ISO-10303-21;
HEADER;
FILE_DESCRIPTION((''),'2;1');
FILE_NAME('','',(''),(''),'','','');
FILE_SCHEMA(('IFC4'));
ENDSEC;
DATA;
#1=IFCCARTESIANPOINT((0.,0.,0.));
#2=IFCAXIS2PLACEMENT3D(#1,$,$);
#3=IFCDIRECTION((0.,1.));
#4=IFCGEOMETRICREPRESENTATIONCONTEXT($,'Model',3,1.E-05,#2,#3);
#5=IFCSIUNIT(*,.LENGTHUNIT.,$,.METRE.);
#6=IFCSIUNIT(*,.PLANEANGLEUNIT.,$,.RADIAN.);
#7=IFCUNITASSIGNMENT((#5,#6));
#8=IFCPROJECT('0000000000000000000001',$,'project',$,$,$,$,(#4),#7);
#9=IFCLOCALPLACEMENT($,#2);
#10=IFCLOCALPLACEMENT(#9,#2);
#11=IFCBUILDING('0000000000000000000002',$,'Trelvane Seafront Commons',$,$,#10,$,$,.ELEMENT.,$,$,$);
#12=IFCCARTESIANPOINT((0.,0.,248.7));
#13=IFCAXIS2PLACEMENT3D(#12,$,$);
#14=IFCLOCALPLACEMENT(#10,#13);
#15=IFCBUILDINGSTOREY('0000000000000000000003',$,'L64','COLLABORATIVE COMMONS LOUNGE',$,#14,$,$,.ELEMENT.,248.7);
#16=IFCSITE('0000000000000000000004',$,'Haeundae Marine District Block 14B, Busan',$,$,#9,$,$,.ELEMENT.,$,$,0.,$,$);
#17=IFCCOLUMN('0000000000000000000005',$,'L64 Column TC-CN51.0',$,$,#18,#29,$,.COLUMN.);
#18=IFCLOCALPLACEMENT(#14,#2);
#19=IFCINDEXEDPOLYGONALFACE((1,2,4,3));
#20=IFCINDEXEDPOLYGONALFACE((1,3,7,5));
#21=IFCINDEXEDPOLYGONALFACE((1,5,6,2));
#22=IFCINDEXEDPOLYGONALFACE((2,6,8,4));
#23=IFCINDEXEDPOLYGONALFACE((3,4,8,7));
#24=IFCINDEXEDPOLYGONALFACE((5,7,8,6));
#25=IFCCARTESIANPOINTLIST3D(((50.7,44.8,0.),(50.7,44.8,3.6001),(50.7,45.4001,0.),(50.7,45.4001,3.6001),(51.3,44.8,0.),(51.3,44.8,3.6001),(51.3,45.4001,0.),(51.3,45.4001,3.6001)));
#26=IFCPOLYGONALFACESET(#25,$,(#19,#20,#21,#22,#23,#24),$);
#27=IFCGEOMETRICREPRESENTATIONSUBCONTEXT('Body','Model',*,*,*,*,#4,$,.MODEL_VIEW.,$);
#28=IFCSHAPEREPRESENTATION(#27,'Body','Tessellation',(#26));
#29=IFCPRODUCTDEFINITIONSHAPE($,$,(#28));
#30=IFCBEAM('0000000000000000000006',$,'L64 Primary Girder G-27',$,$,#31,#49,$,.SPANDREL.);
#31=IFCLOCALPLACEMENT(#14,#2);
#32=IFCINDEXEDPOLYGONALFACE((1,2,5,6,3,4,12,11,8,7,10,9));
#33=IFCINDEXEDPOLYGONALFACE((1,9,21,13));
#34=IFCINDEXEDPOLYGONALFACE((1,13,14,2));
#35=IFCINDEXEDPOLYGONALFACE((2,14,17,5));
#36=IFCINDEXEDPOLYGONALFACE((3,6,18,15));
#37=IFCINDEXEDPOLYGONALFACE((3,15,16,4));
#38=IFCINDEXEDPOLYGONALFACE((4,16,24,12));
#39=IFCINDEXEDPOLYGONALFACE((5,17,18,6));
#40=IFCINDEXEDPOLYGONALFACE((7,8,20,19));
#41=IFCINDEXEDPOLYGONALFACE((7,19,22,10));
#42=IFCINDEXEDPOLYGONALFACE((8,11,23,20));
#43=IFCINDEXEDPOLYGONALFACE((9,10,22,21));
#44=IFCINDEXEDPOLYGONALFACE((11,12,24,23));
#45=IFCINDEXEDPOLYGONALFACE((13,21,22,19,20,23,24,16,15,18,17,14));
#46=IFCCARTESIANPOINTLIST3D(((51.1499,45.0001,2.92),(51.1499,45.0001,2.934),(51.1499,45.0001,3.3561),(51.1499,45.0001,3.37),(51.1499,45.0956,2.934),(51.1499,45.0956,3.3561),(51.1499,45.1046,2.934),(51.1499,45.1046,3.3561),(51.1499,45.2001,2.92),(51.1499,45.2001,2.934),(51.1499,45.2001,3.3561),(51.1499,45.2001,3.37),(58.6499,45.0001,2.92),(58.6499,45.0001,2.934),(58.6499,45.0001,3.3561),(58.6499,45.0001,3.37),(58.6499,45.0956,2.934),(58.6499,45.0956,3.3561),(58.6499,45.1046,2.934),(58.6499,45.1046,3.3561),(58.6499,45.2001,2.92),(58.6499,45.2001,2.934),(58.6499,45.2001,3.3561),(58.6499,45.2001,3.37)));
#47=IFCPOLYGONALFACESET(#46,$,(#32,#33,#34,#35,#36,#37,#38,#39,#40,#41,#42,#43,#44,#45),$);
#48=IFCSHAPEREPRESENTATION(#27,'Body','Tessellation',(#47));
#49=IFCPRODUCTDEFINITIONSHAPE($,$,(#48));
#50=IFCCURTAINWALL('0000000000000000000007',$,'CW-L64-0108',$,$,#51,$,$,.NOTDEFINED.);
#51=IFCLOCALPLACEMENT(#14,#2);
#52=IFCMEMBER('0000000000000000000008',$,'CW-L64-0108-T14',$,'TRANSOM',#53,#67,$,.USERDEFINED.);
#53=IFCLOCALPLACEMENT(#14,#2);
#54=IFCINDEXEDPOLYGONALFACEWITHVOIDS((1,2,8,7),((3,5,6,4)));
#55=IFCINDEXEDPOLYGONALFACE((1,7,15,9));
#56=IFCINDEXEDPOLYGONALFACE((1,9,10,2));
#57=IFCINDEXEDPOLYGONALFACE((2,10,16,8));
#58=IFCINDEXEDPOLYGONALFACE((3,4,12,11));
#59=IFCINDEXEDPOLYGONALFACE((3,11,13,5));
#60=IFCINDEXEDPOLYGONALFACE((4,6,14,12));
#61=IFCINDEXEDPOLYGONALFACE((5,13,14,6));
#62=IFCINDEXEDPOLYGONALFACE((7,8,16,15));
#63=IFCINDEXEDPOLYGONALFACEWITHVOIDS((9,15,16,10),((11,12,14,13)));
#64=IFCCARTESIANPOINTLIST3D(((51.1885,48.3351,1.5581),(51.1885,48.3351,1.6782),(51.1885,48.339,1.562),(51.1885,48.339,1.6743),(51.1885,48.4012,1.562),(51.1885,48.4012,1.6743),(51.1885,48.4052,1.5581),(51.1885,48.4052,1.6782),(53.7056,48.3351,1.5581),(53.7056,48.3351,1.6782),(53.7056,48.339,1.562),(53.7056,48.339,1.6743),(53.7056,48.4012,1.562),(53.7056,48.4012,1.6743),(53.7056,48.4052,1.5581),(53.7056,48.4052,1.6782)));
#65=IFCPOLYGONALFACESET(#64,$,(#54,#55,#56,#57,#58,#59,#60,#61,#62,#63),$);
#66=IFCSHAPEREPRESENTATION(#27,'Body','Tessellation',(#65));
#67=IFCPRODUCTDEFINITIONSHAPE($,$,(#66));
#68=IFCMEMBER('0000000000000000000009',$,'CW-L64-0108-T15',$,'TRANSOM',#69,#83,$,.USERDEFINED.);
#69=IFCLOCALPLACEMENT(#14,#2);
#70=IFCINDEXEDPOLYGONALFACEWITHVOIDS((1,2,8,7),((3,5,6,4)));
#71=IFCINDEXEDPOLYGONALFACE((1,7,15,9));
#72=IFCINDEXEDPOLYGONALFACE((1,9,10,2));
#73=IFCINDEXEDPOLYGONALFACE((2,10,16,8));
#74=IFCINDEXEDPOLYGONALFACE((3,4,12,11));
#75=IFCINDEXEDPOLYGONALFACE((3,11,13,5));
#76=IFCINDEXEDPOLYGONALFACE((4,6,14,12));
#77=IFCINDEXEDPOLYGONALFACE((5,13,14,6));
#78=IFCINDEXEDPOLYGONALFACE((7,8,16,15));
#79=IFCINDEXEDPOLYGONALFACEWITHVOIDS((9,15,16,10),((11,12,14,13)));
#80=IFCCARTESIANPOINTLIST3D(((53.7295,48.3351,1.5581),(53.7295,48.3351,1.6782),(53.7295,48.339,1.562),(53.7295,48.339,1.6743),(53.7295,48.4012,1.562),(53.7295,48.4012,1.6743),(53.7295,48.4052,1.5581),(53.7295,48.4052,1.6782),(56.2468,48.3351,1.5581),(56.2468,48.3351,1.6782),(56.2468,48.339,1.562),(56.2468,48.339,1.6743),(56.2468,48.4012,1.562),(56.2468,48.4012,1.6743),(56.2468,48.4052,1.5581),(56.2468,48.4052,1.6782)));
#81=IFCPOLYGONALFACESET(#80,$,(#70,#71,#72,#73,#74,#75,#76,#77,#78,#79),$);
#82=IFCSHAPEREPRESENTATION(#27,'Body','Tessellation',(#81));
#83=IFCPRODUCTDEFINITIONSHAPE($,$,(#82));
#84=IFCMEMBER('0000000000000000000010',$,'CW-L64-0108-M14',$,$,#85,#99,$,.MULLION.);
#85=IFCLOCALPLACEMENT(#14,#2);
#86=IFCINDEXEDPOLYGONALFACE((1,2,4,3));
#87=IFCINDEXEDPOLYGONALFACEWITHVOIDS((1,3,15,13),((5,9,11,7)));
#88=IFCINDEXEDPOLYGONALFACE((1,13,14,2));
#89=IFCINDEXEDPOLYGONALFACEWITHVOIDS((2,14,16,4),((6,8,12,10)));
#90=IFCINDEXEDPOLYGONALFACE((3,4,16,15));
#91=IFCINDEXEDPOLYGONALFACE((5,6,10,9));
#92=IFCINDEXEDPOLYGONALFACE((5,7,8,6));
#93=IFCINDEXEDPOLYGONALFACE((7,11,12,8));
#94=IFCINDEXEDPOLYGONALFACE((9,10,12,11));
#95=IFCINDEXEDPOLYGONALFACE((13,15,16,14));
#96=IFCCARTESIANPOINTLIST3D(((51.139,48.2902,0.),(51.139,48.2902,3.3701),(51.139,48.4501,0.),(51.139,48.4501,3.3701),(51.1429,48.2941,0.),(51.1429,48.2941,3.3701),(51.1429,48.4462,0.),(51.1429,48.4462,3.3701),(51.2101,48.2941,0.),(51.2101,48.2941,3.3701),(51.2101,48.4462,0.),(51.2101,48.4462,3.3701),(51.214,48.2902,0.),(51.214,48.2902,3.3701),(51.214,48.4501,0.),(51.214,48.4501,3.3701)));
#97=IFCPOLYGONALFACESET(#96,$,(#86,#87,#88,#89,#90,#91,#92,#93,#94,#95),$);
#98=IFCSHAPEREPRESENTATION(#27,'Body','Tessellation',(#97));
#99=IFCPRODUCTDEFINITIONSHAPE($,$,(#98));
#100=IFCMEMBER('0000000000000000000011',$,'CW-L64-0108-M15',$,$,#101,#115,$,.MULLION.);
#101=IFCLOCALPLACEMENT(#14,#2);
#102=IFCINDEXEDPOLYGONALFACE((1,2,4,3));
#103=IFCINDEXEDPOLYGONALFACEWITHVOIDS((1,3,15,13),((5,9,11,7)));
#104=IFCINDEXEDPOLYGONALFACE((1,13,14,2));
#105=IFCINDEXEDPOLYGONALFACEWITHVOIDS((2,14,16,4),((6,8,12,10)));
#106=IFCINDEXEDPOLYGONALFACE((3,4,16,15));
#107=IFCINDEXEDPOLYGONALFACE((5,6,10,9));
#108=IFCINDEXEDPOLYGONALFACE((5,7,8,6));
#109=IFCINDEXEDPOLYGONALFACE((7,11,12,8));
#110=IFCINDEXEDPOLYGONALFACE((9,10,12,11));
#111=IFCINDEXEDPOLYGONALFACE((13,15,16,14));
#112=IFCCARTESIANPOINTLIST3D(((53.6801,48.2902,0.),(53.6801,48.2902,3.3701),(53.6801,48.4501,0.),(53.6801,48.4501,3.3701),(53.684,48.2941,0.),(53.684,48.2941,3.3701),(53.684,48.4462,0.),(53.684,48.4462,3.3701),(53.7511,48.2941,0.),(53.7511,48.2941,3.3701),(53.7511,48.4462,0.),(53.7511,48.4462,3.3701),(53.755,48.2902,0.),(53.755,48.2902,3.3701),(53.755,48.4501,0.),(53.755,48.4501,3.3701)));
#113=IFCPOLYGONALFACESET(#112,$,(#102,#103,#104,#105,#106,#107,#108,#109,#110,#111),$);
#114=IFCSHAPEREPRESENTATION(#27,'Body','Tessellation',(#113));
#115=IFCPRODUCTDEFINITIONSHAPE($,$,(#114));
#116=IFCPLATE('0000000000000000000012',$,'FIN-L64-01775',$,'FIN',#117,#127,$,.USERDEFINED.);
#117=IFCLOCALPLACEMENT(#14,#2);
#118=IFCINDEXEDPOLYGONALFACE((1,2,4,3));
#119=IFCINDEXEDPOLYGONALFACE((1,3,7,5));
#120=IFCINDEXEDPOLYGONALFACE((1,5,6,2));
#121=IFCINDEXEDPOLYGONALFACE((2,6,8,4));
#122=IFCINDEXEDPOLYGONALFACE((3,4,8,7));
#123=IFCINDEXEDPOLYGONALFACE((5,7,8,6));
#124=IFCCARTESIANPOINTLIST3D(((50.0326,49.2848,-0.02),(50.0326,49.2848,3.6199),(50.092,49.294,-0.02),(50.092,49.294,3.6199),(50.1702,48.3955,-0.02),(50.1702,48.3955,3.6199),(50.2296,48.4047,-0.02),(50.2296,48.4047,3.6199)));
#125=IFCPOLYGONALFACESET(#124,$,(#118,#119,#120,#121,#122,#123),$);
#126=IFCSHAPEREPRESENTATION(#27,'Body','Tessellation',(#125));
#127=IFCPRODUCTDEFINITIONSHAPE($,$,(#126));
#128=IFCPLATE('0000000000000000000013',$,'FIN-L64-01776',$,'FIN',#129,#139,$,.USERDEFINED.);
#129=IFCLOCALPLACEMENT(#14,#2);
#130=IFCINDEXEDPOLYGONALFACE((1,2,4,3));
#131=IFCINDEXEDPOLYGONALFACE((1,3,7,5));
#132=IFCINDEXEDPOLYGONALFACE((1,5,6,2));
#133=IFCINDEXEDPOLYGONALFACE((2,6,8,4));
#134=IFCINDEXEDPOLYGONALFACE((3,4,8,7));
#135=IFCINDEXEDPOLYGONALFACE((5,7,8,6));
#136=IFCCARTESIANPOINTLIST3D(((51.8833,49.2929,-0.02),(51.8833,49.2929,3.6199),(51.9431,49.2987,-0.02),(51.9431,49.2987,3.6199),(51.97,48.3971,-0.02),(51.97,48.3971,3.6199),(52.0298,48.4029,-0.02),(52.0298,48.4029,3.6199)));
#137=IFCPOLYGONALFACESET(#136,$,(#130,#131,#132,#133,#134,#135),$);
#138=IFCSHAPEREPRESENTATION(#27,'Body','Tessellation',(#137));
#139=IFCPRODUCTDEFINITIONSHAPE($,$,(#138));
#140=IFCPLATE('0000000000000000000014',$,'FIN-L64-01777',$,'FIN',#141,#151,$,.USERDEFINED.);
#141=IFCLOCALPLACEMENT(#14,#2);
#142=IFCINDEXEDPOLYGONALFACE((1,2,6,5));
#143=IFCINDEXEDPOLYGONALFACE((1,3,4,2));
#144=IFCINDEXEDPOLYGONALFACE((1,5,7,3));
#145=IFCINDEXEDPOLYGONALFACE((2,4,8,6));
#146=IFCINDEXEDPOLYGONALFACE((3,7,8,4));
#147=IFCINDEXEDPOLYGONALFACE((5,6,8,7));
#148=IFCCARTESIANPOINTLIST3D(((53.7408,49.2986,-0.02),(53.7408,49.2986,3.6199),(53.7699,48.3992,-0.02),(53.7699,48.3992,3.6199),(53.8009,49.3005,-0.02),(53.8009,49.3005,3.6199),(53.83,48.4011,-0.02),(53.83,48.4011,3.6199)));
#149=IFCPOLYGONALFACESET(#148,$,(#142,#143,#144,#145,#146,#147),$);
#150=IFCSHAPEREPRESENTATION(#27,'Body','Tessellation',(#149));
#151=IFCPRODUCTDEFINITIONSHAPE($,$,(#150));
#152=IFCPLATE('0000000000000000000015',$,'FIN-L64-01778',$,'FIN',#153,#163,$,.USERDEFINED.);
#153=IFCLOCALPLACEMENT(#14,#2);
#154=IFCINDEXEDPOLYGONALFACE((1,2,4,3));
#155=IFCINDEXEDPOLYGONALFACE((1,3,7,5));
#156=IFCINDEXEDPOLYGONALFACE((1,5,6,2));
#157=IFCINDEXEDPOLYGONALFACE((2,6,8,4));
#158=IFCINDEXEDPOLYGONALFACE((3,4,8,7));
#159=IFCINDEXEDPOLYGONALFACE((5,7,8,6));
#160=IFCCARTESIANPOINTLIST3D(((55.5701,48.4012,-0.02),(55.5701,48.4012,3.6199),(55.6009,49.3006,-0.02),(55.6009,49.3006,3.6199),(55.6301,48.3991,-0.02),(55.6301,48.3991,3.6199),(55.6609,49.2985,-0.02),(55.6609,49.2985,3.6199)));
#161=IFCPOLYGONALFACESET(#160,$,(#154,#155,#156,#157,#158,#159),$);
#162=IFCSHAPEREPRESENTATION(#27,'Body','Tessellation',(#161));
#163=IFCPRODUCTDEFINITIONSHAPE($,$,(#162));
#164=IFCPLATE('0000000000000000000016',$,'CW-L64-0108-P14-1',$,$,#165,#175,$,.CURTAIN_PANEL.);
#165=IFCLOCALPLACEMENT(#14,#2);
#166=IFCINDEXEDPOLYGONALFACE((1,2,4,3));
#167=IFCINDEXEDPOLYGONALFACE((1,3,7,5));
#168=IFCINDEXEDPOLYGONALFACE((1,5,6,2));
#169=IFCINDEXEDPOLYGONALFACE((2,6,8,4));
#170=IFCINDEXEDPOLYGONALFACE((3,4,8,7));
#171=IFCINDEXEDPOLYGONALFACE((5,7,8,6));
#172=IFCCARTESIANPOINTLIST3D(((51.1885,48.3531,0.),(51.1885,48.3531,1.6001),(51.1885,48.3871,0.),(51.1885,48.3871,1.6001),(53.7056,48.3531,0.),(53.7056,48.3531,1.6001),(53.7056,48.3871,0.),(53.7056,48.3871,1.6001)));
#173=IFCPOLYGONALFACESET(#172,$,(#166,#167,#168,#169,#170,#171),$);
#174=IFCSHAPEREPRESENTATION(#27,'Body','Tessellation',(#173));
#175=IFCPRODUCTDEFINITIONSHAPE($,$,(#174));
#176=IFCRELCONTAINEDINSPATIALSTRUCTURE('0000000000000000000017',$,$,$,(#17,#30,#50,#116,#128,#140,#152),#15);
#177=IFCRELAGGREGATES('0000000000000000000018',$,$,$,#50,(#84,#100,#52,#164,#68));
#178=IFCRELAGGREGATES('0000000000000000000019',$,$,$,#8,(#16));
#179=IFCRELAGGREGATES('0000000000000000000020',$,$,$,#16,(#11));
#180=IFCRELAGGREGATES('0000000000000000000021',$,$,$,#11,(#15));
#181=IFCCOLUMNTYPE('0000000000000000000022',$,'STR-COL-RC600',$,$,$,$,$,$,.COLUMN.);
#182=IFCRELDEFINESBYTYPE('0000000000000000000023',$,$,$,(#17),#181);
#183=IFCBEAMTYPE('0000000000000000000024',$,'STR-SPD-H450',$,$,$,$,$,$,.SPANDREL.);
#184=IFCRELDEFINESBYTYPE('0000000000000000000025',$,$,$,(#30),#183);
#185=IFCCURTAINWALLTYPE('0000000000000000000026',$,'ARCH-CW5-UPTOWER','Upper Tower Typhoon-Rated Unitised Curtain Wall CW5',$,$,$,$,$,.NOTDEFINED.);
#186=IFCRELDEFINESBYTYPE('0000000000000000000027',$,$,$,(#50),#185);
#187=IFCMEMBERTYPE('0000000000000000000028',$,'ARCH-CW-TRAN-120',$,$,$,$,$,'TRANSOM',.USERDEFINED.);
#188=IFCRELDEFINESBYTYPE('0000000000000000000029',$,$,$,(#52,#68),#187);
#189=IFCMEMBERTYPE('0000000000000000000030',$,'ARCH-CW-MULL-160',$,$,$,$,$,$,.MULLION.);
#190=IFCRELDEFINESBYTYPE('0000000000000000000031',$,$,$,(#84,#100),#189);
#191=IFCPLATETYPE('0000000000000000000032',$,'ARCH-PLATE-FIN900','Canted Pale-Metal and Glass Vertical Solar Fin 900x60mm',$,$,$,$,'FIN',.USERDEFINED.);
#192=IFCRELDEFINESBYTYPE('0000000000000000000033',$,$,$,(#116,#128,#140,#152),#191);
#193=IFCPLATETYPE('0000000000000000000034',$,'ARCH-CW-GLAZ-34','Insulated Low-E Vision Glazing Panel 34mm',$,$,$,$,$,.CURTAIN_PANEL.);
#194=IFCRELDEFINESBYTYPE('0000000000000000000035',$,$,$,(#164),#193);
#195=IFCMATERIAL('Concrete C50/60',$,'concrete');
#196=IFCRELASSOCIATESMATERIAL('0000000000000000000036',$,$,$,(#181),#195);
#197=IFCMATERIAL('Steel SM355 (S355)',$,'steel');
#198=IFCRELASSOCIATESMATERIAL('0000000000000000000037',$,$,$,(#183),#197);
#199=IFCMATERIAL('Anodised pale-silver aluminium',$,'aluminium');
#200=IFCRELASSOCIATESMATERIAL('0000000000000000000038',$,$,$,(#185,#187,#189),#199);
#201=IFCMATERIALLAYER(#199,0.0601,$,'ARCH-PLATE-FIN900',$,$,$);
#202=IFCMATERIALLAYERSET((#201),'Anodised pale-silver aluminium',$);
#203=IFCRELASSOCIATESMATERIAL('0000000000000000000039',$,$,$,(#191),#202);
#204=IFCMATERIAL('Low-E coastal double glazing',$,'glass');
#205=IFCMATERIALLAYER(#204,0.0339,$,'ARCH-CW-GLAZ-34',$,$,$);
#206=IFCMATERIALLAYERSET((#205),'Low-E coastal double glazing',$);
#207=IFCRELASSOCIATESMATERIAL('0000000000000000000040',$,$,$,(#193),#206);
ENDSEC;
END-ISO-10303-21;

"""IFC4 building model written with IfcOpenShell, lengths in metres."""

from ifc_helpers import new_model, si_unit, direction, frame, origin, origin_2d, place, context, subcontext, project, spatial, rectangle, hollow_rectangle, i_section, extrude, source, transform, mapped, material, layer, layer_set, material_profile, profile_set, type_object, element, aggregate, save


model = new_model("IFC4")

# Units and contexts
model_context = context("Model", 3, precision=1e-05, world=origin(), true_north=direction((0.0, 1.0)))
body_context = subcontext(model_context, "Body", "Model", "MODEL_VIEW")
ifc_project = project(units=[si_unit("LENGTHUNIT", "METRE"), si_unit("PLANEANGLEUNIT", "RADIAN")], contexts=[model_context])

# Site, building, storey
site_placement = place(None, origin())
site = spatial("IfcSite", under=ifc_project, at=site_placement, Name="Haeundae Marine District Block 14B, Busan", CompositionType="ELEMENT", RefElevation=0.0)
building_placement = place(site_placement, origin())
building = spatial("IfcBuilding", under=site, at=building_placement, Name="Trelvane Seafront Commons", CompositionType="ELEMENT")
storey_placement = place(building_placement, frame((0.0, 0.0, 248.7)))
storey = spatial("IfcBuildingStorey", under=building, at=storey_placement, Name="L64", Description="COLLABORATIVE COMMONS LOUNGE", CompositionType="ELEMENT", Elevation=248.7)

# Column
ifc_material_1 = material(Name="Concrete C50/60", Category="concrete")
ifc_material_profile_1 = material_profile(ifc_material_1, rectangle(XDim=0.6001, YDim=0.6001, at=origin_2d()), Name="RC-600x600")
ifc_profile_set_1 = profile_set([ifc_material_profile_1], Name="Concrete C50/60")
column_type = type_object("IfcColumnType", Name="STR-COL-RC600", PredefinedType="COLUMN", material=ifc_profile_set_1)
shared_shape_1 = source(origin(), body_context, "Body", "SweptSolid", [
    extrude(rectangle(XDim=0.6001, YDim=0.6001, at=origin_2d()), origin(), (0.0, 0.0, 1.0), 3.6001),
])
column_placement = place(storey_placement, frame((51.0, 45.1001, 0.0), z_axis=(0.0, 0.0, 1.0), x_axis=(1.0, 0.0, 0.0)))
element("IfcColumn", 1, at=column_placement, inside=storey, type_object=column_type, Name="L64 Column TC-CN51.0", PredefinedType="COLUMN", context=body_context, shape_type="MappedRepresentation", body=[
    mapped(shared_shape_1, transform((0.0, 0.0, 0.0), x_axis=(1.0, 0.0, 0.0), y_axis=(0.0, 1.0, 0.0), z_axis=(0.0, 0.0, 1.0), scale=1.0)),
])

# Beam
ifc_material_2 = material(Name="Steel SM355 (S355)", Category="steel")
ifc_material_profile_2 = material_profile(ifc_material_2, i_section(OverallWidth=0.2, OverallDepth=0.45, WebThickness=0.009, FlangeThickness=0.0139, at=origin_2d()), Name="H-450x200x9x14")
ifc_profile_set_2 = profile_set([ifc_material_profile_2], Name="Steel SM355 (S355)")
beam_type = type_object("IfcBeamType", Name="STR-SPD-H450", PredefinedType="SPANDREL", material=ifc_profile_set_2)
shared_shape_2 = source(origin(), body_context, "Body", "SweptSolid", [
    extrude(i_section(OverallWidth=0.2, OverallDepth=0.45, WebThickness=0.009, FlangeThickness=0.0139, at=origin_2d()), origin(), (0.0, 0.0, 1.0), 7.5),
])
beam_placement = place(storey_placement, frame((51.1499, 45.1001, 3.145), z_axis=(1.0, 0.0, 0.0), x_axis=(0.0, 1.0, 0.0)))
element("IfcBeam", 2, at=beam_placement, inside=storey, type_object=beam_type, Name="L64 Primary Girder G-27", PredefinedType="SPANDREL", context=body_context, shape_type="MappedRepresentation", body=[
    mapped(shared_shape_2, transform((0.0, 0.0, 0.0), x_axis=(1.0, 0.0, 0.0), y_axis=(0.0, 1.0, 0.0), z_axis=(0.0, 0.0, 1.0), scale=1.0)),
])

# Curtain wall, members
ifc_material_3 = material(Name="Anodised pale-silver aluminium", Category="aluminium")
curtain_wall_type = type_object("IfcCurtainWallType", Name="ARCH-CW5-UPTOWER", Description="Upper Tower Typhoon-Rated Unitised Curtain Wall CW5", PredefinedType="NOTDEFINED", material=ifc_material_3)
curtain_wall_placement = place(storey_placement, origin())
curtain_wall = element("IfcCurtainWall", 3, at=curtain_wall_placement, inside=storey, type_object=curtain_wall_type, Name="CW-L64-0108", PredefinedType="NOTDEFINED")
ifc_material_profile_3 = material_profile(ifc_material_3, hollow_rectangle(XDim=0.0701, YDim=0.1201, WallThickness=0.0039, at=origin_2d()), Name="TRAN-70x120x4")
ifc_profile_set_3 = profile_set([ifc_material_profile_3], Name="Anodised pale-silver aluminium")
member_type_1 = type_object("IfcMemberType", Name="ARCH-CW-TRAN-120", ElementType="TRANSOM", PredefinedType="USERDEFINED", material=ifc_profile_set_3)
shared_shape_3 = source(origin(), body_context, "Body", "SweptSolid", [
    extrude(hollow_rectangle(XDim=0.0701, YDim=0.1201, WallThickness=0.0039, at=origin_2d()), origin(), (0.0, 0.0, 1.0), 2.5171),
])
member_1_placement = place(storey_placement, frame((51.1885, 48.3701, 1.6182), z_axis=(1.0, 0.0, 0.0), x_axis=(0.0, 1.0, 0.0)))
member_1 = element("IfcMember", 4, at=member_1_placement, type_object=member_type_1, Name="CW-L64-0108-T14", ObjectType="TRANSOM", PredefinedType="USERDEFINED", context=body_context, shape_type="MappedRepresentation", body=[
    mapped(shared_shape_3, transform((0.0, 0.0, 0.0), x_axis=(1.0, 0.0, 0.0), y_axis=(0.0, 1.0, 0.0), z_axis=(0.0, 0.0, 1.0), scale=1.0)),
])
shared_shape_4 = source(origin(), body_context, "Body", "SweptSolid", [
    extrude(hollow_rectangle(XDim=0.0701, YDim=0.1201, WallThickness=0.0039, at=origin_2d()), origin(), (0.0, 0.0, 1.0), 2.5173),
])
member_2_placement = place(storey_placement, frame((53.7295, 48.3701, 1.6182), z_axis=(1.0, 0.0, 0.0), x_axis=(0.0, 1.0, 0.0)))
member_2 = element("IfcMember", 5, at=member_2_placement, type_object=member_type_1, Name="CW-L64-0108-T15", ObjectType="TRANSOM", PredefinedType="USERDEFINED", context=body_context, shape_type="MappedRepresentation", body=[
    mapped(shared_shape_4, transform((0.0, 0.0, 0.0), x_axis=(1.0, 0.0, 0.0), y_axis=(0.0, 1.0, 0.0), z_axis=(0.0, 0.0, 1.0), scale=1.0)),
])
ifc_material_profile_4 = material_profile(ifc_material_3, hollow_rectangle(XDim=0.075, YDim=0.1599, WallThickness=0.0039, at=origin_2d()), Name="MULL-75x160x4")
ifc_profile_set_4 = profile_set([ifc_material_profile_4], Name="Anodised pale-silver aluminium")
member_type_2 = type_object("IfcMemberType", Name="ARCH-CW-MULL-160", PredefinedType="MULLION", material=ifc_profile_set_4)
shared_shape_5 = source(origin(), body_context, "Body", "SweptSolid", [
    extrude(hollow_rectangle(XDim=0.075, YDim=0.1599, WallThickness=0.0039, at=origin_2d()), origin(), (0.0, 0.0, 1.0), 3.3701),
])
member_3_placement = place(storey_placement, frame((51.1765, 48.3701, 0.0), z_axis=(0.0, 0.0, 1.0), x_axis=(1.0, 0.0, 0.0)))
member_3 = element("IfcMember", 6, at=member_3_placement, type_object=member_type_2, Name="CW-L64-0108-M14", PredefinedType="MULLION", context=body_context, shape_type="MappedRepresentation", body=[
    mapped(shared_shape_5, transform((0.0, 0.0, 0.0), x_axis=(1.0, 0.0, 0.0), y_axis=(0.0, 1.0, 0.0), z_axis=(0.0, 0.0, 1.0), scale=1.0)),
])
member_4_placement = place(storey_placement, frame((53.7175, 48.3701, 0.0), z_axis=(0.0, 0.0, 1.0), x_axis=(1.0, 0.0, 0.0)))
member_4 = element("IfcMember", 7, at=member_4_placement, type_object=member_type_2, Name="CW-L64-0108-M15", PredefinedType="MULLION", context=body_context, shape_type="MappedRepresentation", body=[
    mapped(shared_shape_5, transform((0.0, 0.0, 0.0), x_axis=(1.0, 0.0, 0.0), y_axis=(0.0, 1.0, 0.0), z_axis=(0.0, 0.0, 1.0), scale=1.0)),
])

# Plates
ifc_layer_1 = layer(ifc_material_3, 0.0601, Name="ARCH-PLATE-FIN900")
ifc_layer_set_1 = layer_set([ifc_layer_1], Name="Anodised pale-silver aluminium")
plate_type_1 = type_object("IfcPlateType", Name="ARCH-PLATE-FIN900", Description="Canted Pale-Metal and Glass Vertical Solar Fin 900x60mm", ElementType="FIN", PredefinedType="USERDEFINED", material=ifc_layer_set_1)
shared_shape_6 = source(origin(), body_context, "Body", "SweptSolid", [
    extrude(rectangle(XDim=0.8999, YDim=0.0601, at=origin_2d()), origin(), (0.0, 0.0, 1.0), 3.6399),
])
for number, where, z_axis, x_axis, name in (
    (8, (50.1311, 48.8447, -0.02), (0.0, 0.0, 1.0), (-0.152893, 0.988243, 0.0), "FIN-L64-01775"),
    (9, (51.9565, 48.8479, -0.02), (0.0, 0.0, 1.0), (-0.096336, 0.995349, 0.0), "FIN-L64-01776"),
    (10, (53.7854, 48.8499, -0.02), (0.0, 0.0, 1.0), (-0.032334, 0.999477, 0.0), "FIN-L64-01777"),
    (11, (55.6155, 48.8499, -0.02), (0.0, 0.0, 1.0), (0.034221, 0.999414, 0.0), "FIN-L64-01778"),
):
    element("IfcPlate", number, at=place(storey_placement, frame(where, z_axis=z_axis, x_axis=x_axis)), inside=storey, type_object=plate_type_1, Name=name, ObjectType="FIN", PredefinedType="USERDEFINED", context=body_context, shape_type="MappedRepresentation", body=[
        mapped(shared_shape_6, transform((0.0, 0.0, 0.0), x_axis=(1.0, 0.0, 0.0), y_axis=(0.0, 1.0, 0.0), z_axis=(0.0, 0.0, 1.0), scale=1.0)),
    ])

# Plate
ifc_material_4 = material(Name="Low-E coastal double glazing", Category="glass")
ifc_layer_2 = layer(ifc_material_4, 0.0339, Name="ARCH-CW-GLAZ-34")
ifc_layer_set_2 = layer_set([ifc_layer_2], Name="Low-E coastal double glazing")
plate_type_2 = type_object("IfcPlateType", Name="ARCH-CW-GLAZ-34", Description="Insulated Low-E Vision Glazing Panel 34mm", PredefinedType="CURTAIN_PANEL", material=ifc_layer_set_2)
shared_shape_7 = source(origin(), body_context, "Body", "SweptSolid", [
    extrude(rectangle(XDim=2.5171, YDim=0.0339, at=origin_2d()), origin(), (0.0, 0.0, 1.0), 1.6001),
])
plate_1_placement = place(storey_placement, frame((52.447, 48.3701, 0.0), z_axis=(0.0, 0.0, 1.0), x_axis=(1.0, 0.0, 0.0)))
plate_1 = element("IfcPlate", 12, at=plate_1_placement, type_object=plate_type_2, Name="CW-L64-0108-P14-1", PredefinedType="CURTAIN_PANEL", context=body_context, shape_type="MappedRepresentation", body=[
    mapped(shared_shape_7, transform((0.0, 0.0, 0.0), x_axis=(1.0, 0.0, 0.0), y_axis=(0.0, 1.0, 0.0), z_axis=(0.0, 0.0, 1.0), scale=1.0)),
])
aggregate(curtain_wall, [member_3, member_4, member_1, plate_1, member_2])

save(model, "model.ifc")
